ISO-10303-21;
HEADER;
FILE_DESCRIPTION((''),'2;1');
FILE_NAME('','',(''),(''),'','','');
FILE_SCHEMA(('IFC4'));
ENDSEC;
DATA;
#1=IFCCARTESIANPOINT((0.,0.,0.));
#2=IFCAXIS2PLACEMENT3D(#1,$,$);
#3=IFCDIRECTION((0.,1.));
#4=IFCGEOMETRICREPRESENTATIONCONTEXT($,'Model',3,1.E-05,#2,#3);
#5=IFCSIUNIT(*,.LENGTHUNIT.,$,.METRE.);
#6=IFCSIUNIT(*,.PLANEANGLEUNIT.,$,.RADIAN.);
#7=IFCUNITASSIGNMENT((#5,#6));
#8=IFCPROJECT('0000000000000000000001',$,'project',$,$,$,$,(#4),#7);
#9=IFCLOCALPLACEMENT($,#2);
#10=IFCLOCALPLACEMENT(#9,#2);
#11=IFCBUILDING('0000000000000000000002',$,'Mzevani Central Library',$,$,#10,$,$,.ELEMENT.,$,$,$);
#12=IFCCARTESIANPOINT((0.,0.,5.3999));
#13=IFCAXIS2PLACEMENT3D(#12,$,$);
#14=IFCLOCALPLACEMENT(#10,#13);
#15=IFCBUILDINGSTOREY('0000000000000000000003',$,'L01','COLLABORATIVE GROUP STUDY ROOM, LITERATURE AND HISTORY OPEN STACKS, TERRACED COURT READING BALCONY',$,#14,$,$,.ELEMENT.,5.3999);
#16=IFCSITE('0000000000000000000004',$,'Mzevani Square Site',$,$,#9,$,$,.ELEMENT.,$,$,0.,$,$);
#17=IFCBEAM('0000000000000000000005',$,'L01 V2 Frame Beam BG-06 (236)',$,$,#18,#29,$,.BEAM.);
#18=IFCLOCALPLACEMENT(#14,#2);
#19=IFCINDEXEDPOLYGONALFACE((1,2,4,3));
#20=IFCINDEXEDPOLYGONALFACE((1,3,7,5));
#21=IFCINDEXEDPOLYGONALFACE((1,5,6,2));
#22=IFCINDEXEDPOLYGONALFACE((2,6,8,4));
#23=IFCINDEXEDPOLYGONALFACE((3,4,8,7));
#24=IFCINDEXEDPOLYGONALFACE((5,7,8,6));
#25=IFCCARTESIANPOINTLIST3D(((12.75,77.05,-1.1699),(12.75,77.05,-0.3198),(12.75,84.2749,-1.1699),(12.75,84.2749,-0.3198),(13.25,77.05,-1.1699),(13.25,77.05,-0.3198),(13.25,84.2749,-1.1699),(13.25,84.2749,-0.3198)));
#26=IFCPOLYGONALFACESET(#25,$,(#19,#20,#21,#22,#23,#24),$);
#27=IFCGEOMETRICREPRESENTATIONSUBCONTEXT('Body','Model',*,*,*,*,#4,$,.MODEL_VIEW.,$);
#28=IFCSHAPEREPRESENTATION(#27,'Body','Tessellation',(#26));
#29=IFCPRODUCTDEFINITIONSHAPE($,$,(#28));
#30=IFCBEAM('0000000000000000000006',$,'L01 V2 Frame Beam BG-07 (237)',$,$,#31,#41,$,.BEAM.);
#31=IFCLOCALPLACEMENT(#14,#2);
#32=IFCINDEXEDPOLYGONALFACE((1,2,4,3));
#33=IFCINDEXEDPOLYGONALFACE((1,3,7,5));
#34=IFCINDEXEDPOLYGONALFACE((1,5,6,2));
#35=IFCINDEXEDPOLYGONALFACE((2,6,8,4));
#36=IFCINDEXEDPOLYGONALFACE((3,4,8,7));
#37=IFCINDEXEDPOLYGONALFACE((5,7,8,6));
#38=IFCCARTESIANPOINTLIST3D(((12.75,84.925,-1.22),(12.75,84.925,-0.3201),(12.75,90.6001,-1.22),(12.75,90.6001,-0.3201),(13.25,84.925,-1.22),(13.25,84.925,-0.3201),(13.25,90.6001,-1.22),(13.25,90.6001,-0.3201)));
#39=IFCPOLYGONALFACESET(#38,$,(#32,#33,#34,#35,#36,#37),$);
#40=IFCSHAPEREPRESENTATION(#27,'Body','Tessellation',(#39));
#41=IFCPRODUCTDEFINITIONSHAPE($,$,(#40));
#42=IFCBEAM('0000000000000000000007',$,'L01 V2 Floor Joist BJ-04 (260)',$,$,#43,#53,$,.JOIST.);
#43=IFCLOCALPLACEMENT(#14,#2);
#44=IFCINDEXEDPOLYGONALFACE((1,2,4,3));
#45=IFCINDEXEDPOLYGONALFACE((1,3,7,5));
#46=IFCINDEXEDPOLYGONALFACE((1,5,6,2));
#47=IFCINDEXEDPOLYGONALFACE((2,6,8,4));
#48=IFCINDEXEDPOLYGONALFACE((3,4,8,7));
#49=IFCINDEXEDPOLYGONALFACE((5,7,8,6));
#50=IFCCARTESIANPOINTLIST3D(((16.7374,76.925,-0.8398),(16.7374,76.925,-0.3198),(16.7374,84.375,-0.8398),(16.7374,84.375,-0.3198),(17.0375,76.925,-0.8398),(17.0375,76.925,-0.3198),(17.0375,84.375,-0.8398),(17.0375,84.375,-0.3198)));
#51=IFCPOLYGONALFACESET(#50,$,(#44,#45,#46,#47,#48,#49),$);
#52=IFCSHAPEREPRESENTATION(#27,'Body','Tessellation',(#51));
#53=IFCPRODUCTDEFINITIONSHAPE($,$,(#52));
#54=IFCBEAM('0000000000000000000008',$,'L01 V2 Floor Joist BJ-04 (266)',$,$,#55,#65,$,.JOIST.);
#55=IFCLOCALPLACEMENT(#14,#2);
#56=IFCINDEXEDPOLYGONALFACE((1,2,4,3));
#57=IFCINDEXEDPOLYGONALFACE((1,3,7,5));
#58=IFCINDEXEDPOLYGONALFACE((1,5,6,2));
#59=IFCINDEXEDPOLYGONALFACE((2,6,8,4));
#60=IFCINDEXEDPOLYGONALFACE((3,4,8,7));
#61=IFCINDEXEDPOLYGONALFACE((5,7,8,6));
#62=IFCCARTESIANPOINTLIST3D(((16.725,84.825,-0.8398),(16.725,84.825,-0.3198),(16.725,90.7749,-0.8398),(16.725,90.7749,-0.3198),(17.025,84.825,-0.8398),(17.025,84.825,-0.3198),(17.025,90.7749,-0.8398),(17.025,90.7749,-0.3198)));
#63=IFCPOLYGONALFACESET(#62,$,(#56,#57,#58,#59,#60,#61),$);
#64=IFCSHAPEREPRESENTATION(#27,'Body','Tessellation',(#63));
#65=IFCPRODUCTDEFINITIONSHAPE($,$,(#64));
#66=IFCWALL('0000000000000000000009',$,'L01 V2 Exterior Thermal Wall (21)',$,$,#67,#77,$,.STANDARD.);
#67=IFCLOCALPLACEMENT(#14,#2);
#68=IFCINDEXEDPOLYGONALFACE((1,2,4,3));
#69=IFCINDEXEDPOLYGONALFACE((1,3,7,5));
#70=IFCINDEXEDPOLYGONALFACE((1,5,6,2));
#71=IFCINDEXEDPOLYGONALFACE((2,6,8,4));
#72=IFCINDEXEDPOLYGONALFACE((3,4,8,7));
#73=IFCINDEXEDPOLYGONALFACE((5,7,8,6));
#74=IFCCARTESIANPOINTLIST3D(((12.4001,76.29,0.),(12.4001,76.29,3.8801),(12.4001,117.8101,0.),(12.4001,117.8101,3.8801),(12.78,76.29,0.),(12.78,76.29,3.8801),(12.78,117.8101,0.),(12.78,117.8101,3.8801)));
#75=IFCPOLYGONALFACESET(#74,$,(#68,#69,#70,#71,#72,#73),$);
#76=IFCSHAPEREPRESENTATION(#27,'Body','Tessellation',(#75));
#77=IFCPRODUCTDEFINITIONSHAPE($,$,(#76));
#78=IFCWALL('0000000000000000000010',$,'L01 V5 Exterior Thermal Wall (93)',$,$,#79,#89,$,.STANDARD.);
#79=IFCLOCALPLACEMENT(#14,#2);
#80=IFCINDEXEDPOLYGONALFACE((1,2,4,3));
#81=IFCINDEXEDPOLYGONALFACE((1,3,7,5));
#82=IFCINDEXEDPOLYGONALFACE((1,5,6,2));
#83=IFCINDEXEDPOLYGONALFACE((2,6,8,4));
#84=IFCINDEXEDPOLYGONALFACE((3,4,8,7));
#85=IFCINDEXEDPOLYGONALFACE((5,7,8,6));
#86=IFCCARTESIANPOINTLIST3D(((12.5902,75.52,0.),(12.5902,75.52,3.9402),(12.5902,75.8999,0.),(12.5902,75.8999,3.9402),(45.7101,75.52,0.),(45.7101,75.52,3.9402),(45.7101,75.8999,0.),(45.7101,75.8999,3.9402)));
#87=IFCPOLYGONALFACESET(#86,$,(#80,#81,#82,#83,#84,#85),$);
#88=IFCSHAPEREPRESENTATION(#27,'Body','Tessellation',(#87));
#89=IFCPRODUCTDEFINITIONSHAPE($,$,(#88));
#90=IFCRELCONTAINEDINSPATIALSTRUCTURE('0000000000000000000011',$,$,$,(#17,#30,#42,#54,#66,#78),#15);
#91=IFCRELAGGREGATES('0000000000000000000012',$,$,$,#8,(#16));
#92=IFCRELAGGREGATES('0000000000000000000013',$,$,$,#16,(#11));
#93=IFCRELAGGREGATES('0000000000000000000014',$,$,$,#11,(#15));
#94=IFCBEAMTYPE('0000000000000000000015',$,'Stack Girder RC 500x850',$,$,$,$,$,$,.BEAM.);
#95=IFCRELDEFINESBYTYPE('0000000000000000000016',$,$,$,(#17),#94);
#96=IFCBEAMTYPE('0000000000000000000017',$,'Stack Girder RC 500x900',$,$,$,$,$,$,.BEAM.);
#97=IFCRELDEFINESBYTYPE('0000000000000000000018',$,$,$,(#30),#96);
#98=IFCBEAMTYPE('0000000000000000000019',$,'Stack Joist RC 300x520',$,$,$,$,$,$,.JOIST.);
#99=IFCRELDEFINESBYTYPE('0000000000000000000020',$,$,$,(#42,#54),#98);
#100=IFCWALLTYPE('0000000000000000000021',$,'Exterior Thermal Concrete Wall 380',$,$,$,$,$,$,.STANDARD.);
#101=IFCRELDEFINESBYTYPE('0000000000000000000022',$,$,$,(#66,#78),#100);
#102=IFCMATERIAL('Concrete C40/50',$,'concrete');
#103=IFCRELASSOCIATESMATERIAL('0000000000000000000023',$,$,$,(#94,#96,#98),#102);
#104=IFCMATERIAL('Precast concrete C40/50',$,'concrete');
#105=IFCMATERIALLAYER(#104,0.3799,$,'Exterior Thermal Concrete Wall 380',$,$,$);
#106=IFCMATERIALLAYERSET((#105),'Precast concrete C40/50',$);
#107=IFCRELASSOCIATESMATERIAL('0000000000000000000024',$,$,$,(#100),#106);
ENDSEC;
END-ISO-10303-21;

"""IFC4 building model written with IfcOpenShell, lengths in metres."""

from ifc_helpers import new_model, si_unit, direction, frame, frame_2d, origin, origin_2d, place, context, subcontext, project, spatial, rectangle, extrude, material, layer, layer_set, material_profile, profile_set, type_object, element, save


model = new_model("IFC4")

# Units and contexts
model_context = context("Model", 3, precision=1e-05, world=origin(), true_north=direction((0.0, 1.0)))
body_context = subcontext(model_context, "Body", "Model", "MODEL_VIEW")
ifc_project = project(units=[si_unit("LENGTHUNIT", "METRE"), si_unit("PLANEANGLEUNIT", "RADIAN")], contexts=[model_context])

# Site, building, storey
site_placement = place(None, origin())
site = spatial("IfcSite", under=ifc_project, at=site_placement, Name="Mzevani Square Site", CompositionType="ELEMENT", RefElevation=0.0)
building_placement = place(site_placement, origin())
building = spatial("IfcBuilding", under=site, at=building_placement, Name="Mzevani Central Library", CompositionType="ELEMENT")
storey_placement = place(building_placement, frame((0.0, 0.0, 5.3999)))
storey = spatial("IfcBuildingStorey", under=building, at=storey_placement, Name="L01", Description="COLLABORATIVE GROUP STUDY ROOM, LITERATURE AND HISTORY OPEN STACKS, TERRACED COURT READING BALCONY", CompositionType="ELEMENT", Elevation=5.3999)

# Shared definitions
ifc_material_1 = material(Name="Concrete C40/50", Category="concrete")

# Beams
ifc_material_2 = material(Name="Precast concrete C40/50", Category="concrete")
ifc_material_profile_1 = material_profile(ifc_material_1, rectangle(XDim=0.5, YDim=0.8501, at=origin_2d()), Name="RC B500x850")
ifc_profile_set_1 = profile_set([ifc_material_profile_1], Name="Concrete C40/50")
beam_type_1 = type_object("IfcBeamType", Name="Stack Girder RC 500x850", PredefinedType="BEAM", material=ifc_profile_set_1)
beam_1_placement = place(storey_placement, frame((13.0, 77.05, -0.7449), z_axis=(0.0, 1.0, 0.0), x_axis=(-1.0, 0.0, 0.0)))
element("IfcBeam", 1, at=beam_1_placement, inside=storey, type_object=beam_type_1, Name="L01 V2 Frame Beam BG-06 (236)", PredefinedType="BEAM", context=body_context, shape_type="SweptSolid", body=[
    extrude(rectangle(XDim=0.5, YDim=0.8501, at=origin_2d()), origin(), (0.0, 0.0, 1.0), 7.2249),
])
ifc_material_profile_2 = material_profile(ifc_material_1, rectangle(XDim=0.5, YDim=0.8999, at=origin_2d()), Name="RC B500x900")
ifc_profile_set_2 = profile_set([ifc_material_profile_2], Name="Concrete C40/50")
beam_type_2 = type_object("IfcBeamType", Name="Stack Girder RC 500x900", PredefinedType="BEAM", material=ifc_profile_set_2)
beam_2_placement = place(storey_placement, frame((13.0, 84.925, -0.77), z_axis=(0.0, 1.0, 0.0), x_axis=(-1.0, 0.0, 0.0)))
element("IfcBeam", 2, at=beam_2_placement, inside=storey, type_object=beam_type_2, Name="L01 V2 Frame Beam BG-07 (237)", PredefinedType="BEAM", context=body_context, shape_type="SweptSolid", body=[
    extrude(rectangle(XDim=0.5, YDim=0.8999, at=origin_2d()), origin(), (0.0, 0.0, 1.0), 5.675),
])
ifc_material_profile_3 = material_profile(ifc_material_1, rectangle(XDim=0.3, YDim=0.52, at=origin_2d()), Name="RC J300x520")
ifc_profile_set_3 = profile_set([ifc_material_profile_3], Name="Concrete C40/50")
beam_type_3 = type_object("IfcBeamType", Name="Stack Joist RC 300x520", PredefinedType="JOIST", material=ifc_profile_set_3)
beam_3_placement = place(storey_placement, frame((16.8875, 76.925, -0.5798), z_axis=(0.0, 1.0, 0.0), x_axis=(-1.0, 0.0, 0.0)))
element("IfcBeam", 3, at=beam_3_placement, inside=storey, type_object=beam_type_3, Name="L01 V2 Floor Joist BJ-04 (260)", PredefinedType="JOIST", context=body_context, shape_type="SweptSolid", body=[
    extrude(rectangle(XDim=0.3, YDim=0.52, at=origin_2d()), origin(), (0.0, 0.0, 1.0), 7.45),
])
beam_4_placement = place(storey_placement, frame((16.875, 84.825, -0.5798), z_axis=(0.0, 1.0, 0.0), x_axis=(-1.0, 0.0, 0.0)))
element("IfcBeam", 4, at=beam_4_placement, inside=storey, type_object=beam_type_3, Name="L01 V2 Floor Joist BJ-04 (266)", PredefinedType="JOIST", context=body_context, shape_type="SweptSolid", body=[
    extrude(rectangle(XDim=0.3, YDim=0.52, at=origin_2d()), origin(), (0.0, 0.0, 1.0), 5.95),
])

# Walls
ifc_layer = layer(ifc_material_2, 0.3799, Name="Exterior Thermal Concrete Wall 380")
ifc_layer_set = layer_set([ifc_layer], Name="Precast concrete C40/50")
wall_type = type_object("IfcWallType", Name="Exterior Thermal Concrete Wall 380", PredefinedType="STANDARD", material=ifc_layer_set)
wall_1_placement = place(storey_placement, frame((12.5901, 76.29, 0.0), z_axis=(0.0, 0.0, 1.0), x_axis=(0.0, 1.0, 0.0)))
element("IfcWall", 5, at=wall_1_placement, inside=storey, type_object=wall_type, Name="L01 V2 Exterior Thermal Wall (21)", PredefinedType="STANDARD", context=body_context, shape_type="SweptSolid", body=[
    extrude(rectangle(XDim=41.52, YDim=0.3799, at=frame_2d((20.76, 0.0))), origin(), (0.0, 0.0, 1.0), 3.8801),
])
wall_2_placement = place(storey_placement, frame((12.5901, 75.71, 0.0), z_axis=(0.0, 0.0, 1.0), x_axis=(1.0, 0.0, 0.0)))
element("IfcWall", 6, at=wall_2_placement, inside=storey, type_object=wall_type, Name="L01 V5 Exterior Thermal Wall (93)", PredefinedType="STANDARD", context=body_context, shape_type="SweptSolid", body=[
    extrude(rectangle(XDim=33.1199, YDim=0.3799, at=frame_2d((16.5601, 0.0))), origin(), (0.0, 0.0, 1.0), 3.9402),
])

save(model, "model.ifc")
